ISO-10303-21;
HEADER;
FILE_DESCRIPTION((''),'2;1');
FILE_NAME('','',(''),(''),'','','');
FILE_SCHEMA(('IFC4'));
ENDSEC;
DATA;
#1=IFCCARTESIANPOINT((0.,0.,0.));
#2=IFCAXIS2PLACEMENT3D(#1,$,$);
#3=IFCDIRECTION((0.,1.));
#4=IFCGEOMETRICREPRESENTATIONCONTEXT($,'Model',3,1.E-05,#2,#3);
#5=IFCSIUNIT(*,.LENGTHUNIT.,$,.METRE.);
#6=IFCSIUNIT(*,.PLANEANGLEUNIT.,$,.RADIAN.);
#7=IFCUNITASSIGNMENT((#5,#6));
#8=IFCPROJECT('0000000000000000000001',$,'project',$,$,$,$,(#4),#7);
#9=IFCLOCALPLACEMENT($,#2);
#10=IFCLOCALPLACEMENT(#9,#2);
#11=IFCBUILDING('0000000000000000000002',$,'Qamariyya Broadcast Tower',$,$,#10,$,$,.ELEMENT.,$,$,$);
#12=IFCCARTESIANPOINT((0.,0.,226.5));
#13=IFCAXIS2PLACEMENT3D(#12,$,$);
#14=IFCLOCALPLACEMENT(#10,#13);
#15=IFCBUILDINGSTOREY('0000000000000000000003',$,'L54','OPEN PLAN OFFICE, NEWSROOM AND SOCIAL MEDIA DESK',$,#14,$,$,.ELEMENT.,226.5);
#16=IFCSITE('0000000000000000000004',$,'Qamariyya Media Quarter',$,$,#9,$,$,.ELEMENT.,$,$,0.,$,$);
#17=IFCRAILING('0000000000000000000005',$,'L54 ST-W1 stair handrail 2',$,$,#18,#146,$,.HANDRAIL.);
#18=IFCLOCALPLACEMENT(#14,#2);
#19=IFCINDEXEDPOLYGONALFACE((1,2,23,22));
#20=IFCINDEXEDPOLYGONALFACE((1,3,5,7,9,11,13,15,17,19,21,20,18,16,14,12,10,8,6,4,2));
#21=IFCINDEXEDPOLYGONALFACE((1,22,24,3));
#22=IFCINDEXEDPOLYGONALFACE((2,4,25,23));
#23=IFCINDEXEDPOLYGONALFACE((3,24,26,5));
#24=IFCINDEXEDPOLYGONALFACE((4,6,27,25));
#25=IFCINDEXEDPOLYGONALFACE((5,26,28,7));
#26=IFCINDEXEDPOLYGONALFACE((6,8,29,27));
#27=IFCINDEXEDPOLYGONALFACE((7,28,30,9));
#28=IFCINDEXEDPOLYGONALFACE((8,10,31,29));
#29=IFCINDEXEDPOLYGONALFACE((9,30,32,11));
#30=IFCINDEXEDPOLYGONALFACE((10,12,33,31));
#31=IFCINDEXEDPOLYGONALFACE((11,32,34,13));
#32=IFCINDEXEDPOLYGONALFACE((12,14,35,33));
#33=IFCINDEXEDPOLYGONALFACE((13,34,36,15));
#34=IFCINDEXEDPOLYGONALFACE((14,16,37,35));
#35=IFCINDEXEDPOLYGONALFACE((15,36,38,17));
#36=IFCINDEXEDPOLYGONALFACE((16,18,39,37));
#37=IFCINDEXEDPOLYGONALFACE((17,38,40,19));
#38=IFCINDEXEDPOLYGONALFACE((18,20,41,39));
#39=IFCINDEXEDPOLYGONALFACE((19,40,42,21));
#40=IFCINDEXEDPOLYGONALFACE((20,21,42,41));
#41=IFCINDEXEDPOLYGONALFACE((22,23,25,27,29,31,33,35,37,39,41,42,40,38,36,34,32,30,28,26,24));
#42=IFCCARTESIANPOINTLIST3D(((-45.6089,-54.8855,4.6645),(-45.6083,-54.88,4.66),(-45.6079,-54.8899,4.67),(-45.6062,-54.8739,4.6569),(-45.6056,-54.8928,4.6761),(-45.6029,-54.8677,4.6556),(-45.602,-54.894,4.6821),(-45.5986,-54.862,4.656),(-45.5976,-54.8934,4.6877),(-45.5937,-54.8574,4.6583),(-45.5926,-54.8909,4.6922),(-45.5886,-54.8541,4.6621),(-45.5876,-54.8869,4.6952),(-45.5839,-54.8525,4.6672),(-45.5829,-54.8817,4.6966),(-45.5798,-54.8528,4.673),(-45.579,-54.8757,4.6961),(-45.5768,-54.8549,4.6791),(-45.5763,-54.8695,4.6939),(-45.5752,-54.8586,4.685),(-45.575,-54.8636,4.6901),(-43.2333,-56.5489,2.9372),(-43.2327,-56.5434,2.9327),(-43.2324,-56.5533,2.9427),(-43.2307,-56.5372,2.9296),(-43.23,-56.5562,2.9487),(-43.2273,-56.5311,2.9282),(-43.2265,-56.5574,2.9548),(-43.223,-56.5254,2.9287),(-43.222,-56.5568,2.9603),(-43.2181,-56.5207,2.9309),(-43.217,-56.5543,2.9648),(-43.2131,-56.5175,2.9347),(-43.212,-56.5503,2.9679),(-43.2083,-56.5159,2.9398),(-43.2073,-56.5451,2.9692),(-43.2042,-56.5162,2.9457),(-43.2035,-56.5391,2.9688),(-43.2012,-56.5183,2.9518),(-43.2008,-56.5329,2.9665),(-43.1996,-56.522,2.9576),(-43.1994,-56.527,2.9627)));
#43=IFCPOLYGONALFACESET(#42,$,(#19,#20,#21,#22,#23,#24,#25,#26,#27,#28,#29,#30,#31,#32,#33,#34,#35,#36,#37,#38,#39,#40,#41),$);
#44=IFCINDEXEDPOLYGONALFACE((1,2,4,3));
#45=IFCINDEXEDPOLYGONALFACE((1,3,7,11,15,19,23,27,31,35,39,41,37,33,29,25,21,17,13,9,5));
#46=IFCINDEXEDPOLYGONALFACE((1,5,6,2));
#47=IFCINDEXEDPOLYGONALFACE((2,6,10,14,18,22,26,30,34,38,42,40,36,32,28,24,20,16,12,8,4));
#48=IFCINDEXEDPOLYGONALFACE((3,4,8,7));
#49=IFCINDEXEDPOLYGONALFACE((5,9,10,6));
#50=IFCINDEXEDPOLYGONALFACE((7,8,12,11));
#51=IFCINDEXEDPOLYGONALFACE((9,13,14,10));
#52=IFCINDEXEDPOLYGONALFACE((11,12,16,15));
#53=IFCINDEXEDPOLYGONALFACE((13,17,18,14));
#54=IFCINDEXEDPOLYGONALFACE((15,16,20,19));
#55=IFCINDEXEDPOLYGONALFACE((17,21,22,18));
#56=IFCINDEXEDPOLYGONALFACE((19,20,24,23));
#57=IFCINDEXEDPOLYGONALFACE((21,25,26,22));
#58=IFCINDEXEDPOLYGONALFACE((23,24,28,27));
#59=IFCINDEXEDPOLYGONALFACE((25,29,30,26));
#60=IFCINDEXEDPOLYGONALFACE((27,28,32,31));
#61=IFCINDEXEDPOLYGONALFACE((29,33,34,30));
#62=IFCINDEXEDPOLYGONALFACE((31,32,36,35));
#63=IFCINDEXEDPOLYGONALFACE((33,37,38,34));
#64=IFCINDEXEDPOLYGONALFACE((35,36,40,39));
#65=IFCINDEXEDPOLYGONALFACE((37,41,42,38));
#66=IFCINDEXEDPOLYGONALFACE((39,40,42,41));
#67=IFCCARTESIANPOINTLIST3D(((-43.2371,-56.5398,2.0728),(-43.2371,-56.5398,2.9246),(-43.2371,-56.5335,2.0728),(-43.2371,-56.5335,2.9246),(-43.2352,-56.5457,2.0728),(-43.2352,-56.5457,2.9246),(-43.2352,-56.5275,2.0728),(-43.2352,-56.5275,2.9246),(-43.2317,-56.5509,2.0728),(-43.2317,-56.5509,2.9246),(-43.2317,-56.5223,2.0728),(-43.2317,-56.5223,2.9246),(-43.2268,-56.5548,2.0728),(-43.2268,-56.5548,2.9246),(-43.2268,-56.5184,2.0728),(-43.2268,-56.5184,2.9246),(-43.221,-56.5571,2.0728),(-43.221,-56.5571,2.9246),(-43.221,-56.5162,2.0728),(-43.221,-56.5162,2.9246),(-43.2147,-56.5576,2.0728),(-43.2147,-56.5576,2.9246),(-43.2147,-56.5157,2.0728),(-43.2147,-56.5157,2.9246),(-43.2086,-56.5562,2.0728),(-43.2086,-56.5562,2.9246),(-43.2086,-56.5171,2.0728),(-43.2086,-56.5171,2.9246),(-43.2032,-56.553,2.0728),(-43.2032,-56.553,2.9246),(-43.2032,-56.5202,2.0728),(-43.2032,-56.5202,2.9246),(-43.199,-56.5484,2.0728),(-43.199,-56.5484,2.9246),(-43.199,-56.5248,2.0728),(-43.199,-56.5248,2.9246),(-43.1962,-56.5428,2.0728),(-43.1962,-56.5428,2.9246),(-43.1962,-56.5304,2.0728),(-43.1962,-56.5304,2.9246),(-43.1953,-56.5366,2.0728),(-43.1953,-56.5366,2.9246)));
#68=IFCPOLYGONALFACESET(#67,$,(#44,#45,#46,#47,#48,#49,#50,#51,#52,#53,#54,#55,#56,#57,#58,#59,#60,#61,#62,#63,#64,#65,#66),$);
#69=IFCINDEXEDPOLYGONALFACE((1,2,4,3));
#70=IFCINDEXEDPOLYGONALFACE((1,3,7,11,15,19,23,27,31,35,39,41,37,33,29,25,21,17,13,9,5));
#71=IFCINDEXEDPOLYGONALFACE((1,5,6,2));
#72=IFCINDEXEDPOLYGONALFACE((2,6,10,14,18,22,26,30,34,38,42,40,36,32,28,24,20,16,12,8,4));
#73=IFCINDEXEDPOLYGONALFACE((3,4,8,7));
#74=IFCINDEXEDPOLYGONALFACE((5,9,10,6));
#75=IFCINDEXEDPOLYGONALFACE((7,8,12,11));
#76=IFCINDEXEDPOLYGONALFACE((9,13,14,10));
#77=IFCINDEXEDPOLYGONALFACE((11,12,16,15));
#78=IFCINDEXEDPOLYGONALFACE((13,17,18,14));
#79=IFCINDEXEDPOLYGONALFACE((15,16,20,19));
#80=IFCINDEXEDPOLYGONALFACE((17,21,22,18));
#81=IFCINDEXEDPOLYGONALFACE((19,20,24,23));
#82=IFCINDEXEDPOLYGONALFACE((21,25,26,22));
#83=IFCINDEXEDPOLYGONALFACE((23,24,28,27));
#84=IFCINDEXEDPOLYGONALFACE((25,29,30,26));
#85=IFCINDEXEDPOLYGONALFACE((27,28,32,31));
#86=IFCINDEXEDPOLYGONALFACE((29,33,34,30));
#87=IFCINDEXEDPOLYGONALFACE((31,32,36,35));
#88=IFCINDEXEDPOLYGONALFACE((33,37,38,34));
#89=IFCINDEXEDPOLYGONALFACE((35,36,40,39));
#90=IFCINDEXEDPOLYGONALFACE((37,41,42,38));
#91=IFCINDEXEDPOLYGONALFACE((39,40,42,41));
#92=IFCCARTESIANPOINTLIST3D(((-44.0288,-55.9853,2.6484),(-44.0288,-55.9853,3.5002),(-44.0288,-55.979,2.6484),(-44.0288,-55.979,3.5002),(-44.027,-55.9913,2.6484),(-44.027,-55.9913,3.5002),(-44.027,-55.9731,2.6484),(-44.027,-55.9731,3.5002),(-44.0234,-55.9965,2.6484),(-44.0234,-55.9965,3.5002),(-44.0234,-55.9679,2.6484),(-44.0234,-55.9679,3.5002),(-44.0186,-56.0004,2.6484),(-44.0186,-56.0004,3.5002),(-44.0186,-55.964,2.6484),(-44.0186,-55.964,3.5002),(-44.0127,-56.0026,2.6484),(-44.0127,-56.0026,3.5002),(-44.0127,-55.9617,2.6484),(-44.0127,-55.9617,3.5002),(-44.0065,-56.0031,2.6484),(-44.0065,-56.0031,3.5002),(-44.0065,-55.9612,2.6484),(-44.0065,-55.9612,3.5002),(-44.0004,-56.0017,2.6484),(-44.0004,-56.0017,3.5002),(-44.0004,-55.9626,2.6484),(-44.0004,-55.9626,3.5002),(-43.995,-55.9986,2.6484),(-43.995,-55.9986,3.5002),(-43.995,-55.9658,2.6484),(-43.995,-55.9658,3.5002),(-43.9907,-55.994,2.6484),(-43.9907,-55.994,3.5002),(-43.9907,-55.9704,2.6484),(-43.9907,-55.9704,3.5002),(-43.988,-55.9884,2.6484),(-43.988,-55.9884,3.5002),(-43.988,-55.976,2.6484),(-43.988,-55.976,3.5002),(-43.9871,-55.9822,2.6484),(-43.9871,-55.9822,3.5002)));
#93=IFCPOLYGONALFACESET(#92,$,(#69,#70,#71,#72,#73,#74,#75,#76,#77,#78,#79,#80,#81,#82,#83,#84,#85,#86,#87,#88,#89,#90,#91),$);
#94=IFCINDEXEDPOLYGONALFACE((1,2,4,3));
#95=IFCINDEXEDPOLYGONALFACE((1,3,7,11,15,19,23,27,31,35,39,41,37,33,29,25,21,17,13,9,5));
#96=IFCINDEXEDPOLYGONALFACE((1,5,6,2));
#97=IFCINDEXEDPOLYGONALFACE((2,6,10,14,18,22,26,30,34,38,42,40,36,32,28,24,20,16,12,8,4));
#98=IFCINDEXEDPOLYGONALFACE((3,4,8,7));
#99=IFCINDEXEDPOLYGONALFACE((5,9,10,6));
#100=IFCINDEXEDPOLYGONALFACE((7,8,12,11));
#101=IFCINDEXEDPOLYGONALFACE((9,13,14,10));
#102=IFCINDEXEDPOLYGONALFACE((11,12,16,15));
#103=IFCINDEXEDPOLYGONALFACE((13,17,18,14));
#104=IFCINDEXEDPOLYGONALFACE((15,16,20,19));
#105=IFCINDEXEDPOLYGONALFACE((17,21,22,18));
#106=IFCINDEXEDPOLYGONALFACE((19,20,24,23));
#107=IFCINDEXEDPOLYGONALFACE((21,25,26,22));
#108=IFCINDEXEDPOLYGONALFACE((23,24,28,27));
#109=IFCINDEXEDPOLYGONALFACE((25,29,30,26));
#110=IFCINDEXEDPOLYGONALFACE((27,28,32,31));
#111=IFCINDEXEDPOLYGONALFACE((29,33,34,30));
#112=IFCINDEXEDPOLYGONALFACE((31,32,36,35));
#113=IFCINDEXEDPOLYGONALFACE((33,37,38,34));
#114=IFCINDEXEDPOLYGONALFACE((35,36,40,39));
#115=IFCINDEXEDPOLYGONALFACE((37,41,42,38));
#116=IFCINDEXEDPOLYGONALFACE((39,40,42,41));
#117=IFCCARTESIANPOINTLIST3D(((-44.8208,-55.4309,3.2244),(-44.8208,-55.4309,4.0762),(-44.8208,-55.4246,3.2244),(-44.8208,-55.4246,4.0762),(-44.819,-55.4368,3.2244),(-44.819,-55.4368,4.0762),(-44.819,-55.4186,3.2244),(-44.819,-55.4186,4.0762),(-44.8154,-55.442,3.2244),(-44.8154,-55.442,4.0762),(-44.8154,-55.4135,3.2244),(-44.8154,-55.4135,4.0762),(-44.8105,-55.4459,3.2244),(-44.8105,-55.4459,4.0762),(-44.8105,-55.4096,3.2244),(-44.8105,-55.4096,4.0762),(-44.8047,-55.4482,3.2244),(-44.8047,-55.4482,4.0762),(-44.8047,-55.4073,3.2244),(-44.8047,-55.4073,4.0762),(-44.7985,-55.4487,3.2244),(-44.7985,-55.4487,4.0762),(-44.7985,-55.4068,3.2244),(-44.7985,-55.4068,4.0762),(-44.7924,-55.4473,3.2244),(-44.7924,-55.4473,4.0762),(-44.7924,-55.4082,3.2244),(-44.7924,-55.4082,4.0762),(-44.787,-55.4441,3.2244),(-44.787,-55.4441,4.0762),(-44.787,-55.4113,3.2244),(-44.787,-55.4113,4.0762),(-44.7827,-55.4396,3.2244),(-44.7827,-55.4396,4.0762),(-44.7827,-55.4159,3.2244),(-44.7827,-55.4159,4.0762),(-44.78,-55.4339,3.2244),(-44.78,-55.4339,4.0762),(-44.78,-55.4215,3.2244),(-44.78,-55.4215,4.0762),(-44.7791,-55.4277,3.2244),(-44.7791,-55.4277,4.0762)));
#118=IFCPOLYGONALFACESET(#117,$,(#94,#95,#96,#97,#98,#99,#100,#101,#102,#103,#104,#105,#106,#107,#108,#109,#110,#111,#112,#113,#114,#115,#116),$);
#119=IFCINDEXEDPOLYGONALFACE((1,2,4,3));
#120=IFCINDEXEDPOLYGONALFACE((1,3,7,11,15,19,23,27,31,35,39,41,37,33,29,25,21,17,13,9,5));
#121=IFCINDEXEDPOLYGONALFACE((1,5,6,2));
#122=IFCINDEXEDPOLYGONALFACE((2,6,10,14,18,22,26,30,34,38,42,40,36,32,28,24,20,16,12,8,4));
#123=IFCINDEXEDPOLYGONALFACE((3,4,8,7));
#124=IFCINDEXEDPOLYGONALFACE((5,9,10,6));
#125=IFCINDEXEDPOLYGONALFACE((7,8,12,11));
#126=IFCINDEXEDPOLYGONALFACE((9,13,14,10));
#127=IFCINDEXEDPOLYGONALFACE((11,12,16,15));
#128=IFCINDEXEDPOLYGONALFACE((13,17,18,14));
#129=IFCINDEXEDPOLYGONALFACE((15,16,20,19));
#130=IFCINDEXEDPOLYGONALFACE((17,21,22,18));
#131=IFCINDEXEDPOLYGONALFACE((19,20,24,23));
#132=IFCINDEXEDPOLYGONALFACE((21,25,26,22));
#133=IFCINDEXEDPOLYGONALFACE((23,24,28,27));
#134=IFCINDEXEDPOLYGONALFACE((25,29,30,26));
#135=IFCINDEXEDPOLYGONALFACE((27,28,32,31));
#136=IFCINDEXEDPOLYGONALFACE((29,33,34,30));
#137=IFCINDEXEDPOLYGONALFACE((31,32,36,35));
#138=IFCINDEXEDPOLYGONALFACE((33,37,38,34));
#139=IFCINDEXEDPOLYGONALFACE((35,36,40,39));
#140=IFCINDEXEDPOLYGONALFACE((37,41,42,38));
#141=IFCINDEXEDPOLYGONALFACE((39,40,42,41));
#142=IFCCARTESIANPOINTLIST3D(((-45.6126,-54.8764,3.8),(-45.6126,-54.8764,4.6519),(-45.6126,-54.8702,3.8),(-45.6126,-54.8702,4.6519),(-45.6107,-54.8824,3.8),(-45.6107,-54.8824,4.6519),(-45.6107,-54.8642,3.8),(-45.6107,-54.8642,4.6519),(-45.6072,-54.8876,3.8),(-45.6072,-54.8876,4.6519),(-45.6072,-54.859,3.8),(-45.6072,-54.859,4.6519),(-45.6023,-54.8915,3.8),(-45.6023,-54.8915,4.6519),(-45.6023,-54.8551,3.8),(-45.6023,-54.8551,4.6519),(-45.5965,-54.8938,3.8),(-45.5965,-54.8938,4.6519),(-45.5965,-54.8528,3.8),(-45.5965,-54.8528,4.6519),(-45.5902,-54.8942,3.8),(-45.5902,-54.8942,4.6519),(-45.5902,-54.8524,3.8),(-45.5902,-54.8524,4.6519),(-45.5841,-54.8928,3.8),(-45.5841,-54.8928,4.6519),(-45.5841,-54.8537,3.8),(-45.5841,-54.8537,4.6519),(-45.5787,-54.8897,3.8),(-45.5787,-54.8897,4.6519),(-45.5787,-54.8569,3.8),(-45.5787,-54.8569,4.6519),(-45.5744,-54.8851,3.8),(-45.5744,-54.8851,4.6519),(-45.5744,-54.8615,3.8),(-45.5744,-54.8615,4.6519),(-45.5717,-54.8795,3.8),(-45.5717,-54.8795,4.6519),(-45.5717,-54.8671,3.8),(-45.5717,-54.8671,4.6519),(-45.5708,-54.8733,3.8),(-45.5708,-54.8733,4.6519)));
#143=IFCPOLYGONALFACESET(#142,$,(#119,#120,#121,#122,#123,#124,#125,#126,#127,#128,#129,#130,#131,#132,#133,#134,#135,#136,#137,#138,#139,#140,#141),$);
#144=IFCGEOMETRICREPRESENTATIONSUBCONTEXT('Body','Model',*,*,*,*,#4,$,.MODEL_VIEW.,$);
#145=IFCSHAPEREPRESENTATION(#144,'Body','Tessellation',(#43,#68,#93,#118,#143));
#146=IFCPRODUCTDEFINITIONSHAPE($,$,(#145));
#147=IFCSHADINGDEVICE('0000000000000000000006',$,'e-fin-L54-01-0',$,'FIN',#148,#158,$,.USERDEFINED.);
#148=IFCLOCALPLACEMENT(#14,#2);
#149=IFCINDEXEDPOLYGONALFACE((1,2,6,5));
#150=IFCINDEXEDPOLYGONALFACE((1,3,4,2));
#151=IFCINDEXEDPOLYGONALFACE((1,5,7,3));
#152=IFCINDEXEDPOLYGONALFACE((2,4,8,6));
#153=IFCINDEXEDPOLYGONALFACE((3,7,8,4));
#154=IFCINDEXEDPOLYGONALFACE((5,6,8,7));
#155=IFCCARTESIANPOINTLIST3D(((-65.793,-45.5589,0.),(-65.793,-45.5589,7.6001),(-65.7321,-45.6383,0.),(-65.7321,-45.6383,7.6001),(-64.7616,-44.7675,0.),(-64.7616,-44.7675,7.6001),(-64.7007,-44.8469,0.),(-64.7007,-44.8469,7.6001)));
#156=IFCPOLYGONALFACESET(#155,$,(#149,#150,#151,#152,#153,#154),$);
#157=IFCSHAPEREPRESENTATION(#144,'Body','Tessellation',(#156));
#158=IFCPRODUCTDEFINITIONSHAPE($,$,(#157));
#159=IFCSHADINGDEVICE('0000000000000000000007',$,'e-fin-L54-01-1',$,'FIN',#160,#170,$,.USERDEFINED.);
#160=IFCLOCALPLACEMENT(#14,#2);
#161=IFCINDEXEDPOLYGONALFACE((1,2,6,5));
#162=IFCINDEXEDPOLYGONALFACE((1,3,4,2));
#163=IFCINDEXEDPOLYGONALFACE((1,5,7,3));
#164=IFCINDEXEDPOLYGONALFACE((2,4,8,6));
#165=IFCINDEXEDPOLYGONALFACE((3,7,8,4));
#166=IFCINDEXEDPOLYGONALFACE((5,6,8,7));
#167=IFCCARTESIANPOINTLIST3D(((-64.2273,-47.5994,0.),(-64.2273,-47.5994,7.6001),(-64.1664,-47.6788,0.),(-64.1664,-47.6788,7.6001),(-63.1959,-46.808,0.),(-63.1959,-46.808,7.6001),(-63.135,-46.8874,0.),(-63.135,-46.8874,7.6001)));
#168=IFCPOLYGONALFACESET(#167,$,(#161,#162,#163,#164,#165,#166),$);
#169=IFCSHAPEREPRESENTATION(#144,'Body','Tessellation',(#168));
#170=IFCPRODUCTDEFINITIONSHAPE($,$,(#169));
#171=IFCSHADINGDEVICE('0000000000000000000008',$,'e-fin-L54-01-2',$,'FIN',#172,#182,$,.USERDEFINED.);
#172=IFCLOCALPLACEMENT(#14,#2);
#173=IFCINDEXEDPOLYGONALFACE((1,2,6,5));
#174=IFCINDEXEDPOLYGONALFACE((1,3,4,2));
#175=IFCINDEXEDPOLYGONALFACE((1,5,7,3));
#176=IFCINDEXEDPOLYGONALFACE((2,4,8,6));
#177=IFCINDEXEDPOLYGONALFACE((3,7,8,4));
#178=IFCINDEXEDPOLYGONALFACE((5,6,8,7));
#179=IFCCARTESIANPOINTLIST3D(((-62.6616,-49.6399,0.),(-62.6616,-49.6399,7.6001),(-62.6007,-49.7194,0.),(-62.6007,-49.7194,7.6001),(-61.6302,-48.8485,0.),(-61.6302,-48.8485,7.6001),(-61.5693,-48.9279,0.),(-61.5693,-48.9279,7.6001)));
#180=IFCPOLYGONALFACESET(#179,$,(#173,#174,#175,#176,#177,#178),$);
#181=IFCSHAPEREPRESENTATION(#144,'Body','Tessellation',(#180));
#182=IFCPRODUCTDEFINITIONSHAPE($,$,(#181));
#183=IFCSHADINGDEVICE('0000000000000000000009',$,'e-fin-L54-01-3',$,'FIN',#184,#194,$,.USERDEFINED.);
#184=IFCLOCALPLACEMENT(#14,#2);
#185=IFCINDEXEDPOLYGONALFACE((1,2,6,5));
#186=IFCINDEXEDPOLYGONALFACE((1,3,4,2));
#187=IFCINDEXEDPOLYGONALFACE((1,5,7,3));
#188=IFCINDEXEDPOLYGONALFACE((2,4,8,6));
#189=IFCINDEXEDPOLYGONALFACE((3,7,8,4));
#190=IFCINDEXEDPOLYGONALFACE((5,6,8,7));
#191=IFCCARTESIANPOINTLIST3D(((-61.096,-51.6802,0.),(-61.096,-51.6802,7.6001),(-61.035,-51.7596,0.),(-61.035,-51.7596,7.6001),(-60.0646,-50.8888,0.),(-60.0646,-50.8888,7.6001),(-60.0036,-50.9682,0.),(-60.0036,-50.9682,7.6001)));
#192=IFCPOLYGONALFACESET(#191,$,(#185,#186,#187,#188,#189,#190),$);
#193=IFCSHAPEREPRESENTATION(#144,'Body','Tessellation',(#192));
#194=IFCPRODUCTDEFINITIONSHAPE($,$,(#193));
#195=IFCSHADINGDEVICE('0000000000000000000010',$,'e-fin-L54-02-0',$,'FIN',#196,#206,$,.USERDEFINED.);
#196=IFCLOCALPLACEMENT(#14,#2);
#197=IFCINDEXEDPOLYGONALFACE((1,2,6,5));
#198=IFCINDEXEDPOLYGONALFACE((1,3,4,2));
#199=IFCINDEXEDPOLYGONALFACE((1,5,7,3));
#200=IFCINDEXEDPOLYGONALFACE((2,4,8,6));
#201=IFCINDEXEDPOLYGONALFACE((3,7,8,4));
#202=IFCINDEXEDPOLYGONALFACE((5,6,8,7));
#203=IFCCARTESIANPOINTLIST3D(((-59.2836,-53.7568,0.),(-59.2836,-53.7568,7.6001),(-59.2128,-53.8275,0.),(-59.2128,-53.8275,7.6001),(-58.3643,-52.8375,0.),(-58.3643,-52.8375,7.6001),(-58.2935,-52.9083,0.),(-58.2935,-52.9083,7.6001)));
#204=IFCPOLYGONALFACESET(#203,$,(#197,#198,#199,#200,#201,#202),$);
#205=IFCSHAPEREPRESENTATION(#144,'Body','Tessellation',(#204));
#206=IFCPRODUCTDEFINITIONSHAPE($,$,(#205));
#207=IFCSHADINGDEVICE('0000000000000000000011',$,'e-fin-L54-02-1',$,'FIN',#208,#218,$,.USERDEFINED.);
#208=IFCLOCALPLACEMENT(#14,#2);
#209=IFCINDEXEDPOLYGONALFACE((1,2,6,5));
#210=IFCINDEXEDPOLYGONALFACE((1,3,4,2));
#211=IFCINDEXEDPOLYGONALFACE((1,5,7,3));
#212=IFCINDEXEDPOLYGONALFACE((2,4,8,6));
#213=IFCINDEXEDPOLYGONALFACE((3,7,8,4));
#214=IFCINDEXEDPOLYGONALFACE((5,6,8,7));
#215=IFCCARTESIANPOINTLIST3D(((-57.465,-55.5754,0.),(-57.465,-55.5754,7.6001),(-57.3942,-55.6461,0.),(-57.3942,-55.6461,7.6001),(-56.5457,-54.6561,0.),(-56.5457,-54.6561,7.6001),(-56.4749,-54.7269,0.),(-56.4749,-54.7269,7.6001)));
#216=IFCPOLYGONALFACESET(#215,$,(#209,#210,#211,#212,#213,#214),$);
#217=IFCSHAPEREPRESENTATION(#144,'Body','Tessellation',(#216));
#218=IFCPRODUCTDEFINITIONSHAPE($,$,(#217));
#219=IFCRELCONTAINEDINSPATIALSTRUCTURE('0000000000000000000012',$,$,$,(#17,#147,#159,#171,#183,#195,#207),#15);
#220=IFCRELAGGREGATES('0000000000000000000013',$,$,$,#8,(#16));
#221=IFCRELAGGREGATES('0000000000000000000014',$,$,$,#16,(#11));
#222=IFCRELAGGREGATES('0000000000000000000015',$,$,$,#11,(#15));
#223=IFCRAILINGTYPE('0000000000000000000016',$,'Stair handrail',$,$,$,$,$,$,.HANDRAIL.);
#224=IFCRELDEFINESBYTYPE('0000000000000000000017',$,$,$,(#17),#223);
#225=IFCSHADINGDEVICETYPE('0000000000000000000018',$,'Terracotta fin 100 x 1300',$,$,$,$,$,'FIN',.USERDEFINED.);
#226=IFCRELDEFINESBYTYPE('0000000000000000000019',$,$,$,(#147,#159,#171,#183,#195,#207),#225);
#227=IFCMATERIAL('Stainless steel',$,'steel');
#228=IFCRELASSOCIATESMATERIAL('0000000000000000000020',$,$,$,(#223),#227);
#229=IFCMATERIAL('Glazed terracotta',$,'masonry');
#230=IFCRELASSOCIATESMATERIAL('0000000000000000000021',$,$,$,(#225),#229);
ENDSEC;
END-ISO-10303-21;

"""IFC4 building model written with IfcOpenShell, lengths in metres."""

from ifc_helpers import new_model, si_unit, direction, frame, origin, origin_2d, place, context, subcontext, project, spatial, rectangle, circle, extrude, material, material_profile, profile_set, type_object, element, save


model = new_model("IFC4")

# Units and contexts
model_context = context("Model", 3, precision=1e-05, world=origin(), true_north=direction((0.0, 1.0)))
body_context = subcontext(model_context, "Body", "Model", "MODEL_VIEW")
ifc_project = project(units=[si_unit("LENGTHUNIT", "METRE"), si_unit("PLANEANGLEUNIT", "RADIAN")], contexts=[model_context])

# Site, building, storey
site_placement = place(None, origin())
site = spatial("IfcSite", under=ifc_project, at=site_placement, Name="Qamariyya Media Quarter", CompositionType="ELEMENT", RefElevation=0.0)
building_placement = place(site_placement, origin())
building = spatial("IfcBuilding", under=site, at=building_placement, Name="Qamariyya Broadcast Tower", CompositionType="ELEMENT")
storey_placement = place(building_placement, frame((0.0, 0.0, 226.5)))
storey = spatial("IfcBuildingStorey", under=building, at=storey_placement, Name="L54", Description="OPEN PLAN OFFICE, NEWSROOM AND SOCIAL MEDIA DESK", CompositionType="ELEMENT", Elevation=226.5)

# Railing
ifc_material_1 = material(Name="Stainless steel", Category="steel")
railing_type_1 = type_object("IfcRailingType", Name="Stair handrail", PredefinedType="HANDRAIL", material=ifc_material_1)
railing_1_placement = place(storey_placement, frame((-43.2163, -56.5366, 2.0728)))
element("IfcRailing", 1, at=railing_1_placement, inside=storey, type_object=railing_type_1, Name="L54 ST-W1 stair handrail 2", PredefinedType="HANDRAIL", context=body_context, shape_type="SweptSolid", body=[
    extrude(circle(Radius=0.0239, at=origin_2d()), frame((0.0, 0.0, 0.876), z_axis=(-0.70377, 0.492784, 0.511734), x_axis=(-0.573575, -0.819153, 0.0)), (0.0, 0.0, 1.0), 3.3755),
    extrude(circle(Radius=0.021, at=origin_2d()), origin(), (0.0, 0.0, 1.0), 0.8518),
    extrude(circle(Radius=0.021, at=origin_2d()), frame((-0.7917, 0.5544, 0.5757)), (0.0, 0.0, 1.0), 0.8518),
    extrude(circle(Radius=0.021, at=origin_2d()), frame((-1.5837, 1.1089, 1.1516)), (0.0, 0.0, 1.0), 0.8518),
    extrude(circle(Radius=0.021, at=origin_2d()), frame((-2.3755, 1.6633, 1.7273)), (0.0, 0.0, 1.0), 0.8518),
])

# Shading devices
ifc_material_2 = material(Name="Glazed terracotta", Category="masonry")
ifc_material_profile_1 = material_profile(ifc_material_2, rectangle(XDim=1.3, YDim=0.1001, at=origin_2d()))
ifc_profile_set_1 = profile_set([ifc_material_profile_1], Name="Glazed terracotta")
shading_device_type_1 = type_object("IfcShadingDeviceType", Name="Terracotta fin 100 x 1300", ElementType="FIN", PredefinedType="USERDEFINED", material=ifc_profile_set_1)
for number, where, z_axis, x_axis, name in (
    (2, (-65.2468, -45.2029, 0.0), (0.0, 0.0, 1.0), (-0.793353, -0.608761, 0.0), "e-fin-L54-01-0"),
    (3, (-63.6812, -47.2434, 0.0), (0.0, 0.0, 1.0), (-0.793353, -0.608761, 0.0), "e-fin-L54-01-1"),
    (4, (-62.1155, -49.2839, 0.0), (0.0, 0.0, 1.0), (-0.793353, -0.608761, 0.0), "e-fin-L54-01-2"),
    (5, (-60.5498, -51.3242, 0.0), (0.0, 0.0, 1.0), (-0.793353, -0.608761, 0.0), "e-fin-L54-01-3"),
    (6, (-58.7886, -53.3325, 0.0), (0.0, 0.0, 1.0), (-0.707107, -0.707107, 0.0), "e-fin-L54-02-0"),
    (7, (-56.97, -55.1511, 0.0), (0.0, 0.0, 1.0), (-0.707107, -0.707107, 0.0), "e-fin-L54-02-1"),
):
    element("IfcShadingDevice", number, at=place(storey_placement, frame(where, z_axis=z_axis, x_axis=x_axis)), inside=storey, type_object=shading_device_type_1, Name=name, ObjectType="FIN", PredefinedType="USERDEFINED", context=body_context, shape_type="SweptSolid", body=[
        extrude(rectangle(XDim=1.3, YDim=0.1001, at=origin_2d()), origin(), (0.0, 0.0, 1.0), 7.6001),
    ])

save(model, "model.ifc")
